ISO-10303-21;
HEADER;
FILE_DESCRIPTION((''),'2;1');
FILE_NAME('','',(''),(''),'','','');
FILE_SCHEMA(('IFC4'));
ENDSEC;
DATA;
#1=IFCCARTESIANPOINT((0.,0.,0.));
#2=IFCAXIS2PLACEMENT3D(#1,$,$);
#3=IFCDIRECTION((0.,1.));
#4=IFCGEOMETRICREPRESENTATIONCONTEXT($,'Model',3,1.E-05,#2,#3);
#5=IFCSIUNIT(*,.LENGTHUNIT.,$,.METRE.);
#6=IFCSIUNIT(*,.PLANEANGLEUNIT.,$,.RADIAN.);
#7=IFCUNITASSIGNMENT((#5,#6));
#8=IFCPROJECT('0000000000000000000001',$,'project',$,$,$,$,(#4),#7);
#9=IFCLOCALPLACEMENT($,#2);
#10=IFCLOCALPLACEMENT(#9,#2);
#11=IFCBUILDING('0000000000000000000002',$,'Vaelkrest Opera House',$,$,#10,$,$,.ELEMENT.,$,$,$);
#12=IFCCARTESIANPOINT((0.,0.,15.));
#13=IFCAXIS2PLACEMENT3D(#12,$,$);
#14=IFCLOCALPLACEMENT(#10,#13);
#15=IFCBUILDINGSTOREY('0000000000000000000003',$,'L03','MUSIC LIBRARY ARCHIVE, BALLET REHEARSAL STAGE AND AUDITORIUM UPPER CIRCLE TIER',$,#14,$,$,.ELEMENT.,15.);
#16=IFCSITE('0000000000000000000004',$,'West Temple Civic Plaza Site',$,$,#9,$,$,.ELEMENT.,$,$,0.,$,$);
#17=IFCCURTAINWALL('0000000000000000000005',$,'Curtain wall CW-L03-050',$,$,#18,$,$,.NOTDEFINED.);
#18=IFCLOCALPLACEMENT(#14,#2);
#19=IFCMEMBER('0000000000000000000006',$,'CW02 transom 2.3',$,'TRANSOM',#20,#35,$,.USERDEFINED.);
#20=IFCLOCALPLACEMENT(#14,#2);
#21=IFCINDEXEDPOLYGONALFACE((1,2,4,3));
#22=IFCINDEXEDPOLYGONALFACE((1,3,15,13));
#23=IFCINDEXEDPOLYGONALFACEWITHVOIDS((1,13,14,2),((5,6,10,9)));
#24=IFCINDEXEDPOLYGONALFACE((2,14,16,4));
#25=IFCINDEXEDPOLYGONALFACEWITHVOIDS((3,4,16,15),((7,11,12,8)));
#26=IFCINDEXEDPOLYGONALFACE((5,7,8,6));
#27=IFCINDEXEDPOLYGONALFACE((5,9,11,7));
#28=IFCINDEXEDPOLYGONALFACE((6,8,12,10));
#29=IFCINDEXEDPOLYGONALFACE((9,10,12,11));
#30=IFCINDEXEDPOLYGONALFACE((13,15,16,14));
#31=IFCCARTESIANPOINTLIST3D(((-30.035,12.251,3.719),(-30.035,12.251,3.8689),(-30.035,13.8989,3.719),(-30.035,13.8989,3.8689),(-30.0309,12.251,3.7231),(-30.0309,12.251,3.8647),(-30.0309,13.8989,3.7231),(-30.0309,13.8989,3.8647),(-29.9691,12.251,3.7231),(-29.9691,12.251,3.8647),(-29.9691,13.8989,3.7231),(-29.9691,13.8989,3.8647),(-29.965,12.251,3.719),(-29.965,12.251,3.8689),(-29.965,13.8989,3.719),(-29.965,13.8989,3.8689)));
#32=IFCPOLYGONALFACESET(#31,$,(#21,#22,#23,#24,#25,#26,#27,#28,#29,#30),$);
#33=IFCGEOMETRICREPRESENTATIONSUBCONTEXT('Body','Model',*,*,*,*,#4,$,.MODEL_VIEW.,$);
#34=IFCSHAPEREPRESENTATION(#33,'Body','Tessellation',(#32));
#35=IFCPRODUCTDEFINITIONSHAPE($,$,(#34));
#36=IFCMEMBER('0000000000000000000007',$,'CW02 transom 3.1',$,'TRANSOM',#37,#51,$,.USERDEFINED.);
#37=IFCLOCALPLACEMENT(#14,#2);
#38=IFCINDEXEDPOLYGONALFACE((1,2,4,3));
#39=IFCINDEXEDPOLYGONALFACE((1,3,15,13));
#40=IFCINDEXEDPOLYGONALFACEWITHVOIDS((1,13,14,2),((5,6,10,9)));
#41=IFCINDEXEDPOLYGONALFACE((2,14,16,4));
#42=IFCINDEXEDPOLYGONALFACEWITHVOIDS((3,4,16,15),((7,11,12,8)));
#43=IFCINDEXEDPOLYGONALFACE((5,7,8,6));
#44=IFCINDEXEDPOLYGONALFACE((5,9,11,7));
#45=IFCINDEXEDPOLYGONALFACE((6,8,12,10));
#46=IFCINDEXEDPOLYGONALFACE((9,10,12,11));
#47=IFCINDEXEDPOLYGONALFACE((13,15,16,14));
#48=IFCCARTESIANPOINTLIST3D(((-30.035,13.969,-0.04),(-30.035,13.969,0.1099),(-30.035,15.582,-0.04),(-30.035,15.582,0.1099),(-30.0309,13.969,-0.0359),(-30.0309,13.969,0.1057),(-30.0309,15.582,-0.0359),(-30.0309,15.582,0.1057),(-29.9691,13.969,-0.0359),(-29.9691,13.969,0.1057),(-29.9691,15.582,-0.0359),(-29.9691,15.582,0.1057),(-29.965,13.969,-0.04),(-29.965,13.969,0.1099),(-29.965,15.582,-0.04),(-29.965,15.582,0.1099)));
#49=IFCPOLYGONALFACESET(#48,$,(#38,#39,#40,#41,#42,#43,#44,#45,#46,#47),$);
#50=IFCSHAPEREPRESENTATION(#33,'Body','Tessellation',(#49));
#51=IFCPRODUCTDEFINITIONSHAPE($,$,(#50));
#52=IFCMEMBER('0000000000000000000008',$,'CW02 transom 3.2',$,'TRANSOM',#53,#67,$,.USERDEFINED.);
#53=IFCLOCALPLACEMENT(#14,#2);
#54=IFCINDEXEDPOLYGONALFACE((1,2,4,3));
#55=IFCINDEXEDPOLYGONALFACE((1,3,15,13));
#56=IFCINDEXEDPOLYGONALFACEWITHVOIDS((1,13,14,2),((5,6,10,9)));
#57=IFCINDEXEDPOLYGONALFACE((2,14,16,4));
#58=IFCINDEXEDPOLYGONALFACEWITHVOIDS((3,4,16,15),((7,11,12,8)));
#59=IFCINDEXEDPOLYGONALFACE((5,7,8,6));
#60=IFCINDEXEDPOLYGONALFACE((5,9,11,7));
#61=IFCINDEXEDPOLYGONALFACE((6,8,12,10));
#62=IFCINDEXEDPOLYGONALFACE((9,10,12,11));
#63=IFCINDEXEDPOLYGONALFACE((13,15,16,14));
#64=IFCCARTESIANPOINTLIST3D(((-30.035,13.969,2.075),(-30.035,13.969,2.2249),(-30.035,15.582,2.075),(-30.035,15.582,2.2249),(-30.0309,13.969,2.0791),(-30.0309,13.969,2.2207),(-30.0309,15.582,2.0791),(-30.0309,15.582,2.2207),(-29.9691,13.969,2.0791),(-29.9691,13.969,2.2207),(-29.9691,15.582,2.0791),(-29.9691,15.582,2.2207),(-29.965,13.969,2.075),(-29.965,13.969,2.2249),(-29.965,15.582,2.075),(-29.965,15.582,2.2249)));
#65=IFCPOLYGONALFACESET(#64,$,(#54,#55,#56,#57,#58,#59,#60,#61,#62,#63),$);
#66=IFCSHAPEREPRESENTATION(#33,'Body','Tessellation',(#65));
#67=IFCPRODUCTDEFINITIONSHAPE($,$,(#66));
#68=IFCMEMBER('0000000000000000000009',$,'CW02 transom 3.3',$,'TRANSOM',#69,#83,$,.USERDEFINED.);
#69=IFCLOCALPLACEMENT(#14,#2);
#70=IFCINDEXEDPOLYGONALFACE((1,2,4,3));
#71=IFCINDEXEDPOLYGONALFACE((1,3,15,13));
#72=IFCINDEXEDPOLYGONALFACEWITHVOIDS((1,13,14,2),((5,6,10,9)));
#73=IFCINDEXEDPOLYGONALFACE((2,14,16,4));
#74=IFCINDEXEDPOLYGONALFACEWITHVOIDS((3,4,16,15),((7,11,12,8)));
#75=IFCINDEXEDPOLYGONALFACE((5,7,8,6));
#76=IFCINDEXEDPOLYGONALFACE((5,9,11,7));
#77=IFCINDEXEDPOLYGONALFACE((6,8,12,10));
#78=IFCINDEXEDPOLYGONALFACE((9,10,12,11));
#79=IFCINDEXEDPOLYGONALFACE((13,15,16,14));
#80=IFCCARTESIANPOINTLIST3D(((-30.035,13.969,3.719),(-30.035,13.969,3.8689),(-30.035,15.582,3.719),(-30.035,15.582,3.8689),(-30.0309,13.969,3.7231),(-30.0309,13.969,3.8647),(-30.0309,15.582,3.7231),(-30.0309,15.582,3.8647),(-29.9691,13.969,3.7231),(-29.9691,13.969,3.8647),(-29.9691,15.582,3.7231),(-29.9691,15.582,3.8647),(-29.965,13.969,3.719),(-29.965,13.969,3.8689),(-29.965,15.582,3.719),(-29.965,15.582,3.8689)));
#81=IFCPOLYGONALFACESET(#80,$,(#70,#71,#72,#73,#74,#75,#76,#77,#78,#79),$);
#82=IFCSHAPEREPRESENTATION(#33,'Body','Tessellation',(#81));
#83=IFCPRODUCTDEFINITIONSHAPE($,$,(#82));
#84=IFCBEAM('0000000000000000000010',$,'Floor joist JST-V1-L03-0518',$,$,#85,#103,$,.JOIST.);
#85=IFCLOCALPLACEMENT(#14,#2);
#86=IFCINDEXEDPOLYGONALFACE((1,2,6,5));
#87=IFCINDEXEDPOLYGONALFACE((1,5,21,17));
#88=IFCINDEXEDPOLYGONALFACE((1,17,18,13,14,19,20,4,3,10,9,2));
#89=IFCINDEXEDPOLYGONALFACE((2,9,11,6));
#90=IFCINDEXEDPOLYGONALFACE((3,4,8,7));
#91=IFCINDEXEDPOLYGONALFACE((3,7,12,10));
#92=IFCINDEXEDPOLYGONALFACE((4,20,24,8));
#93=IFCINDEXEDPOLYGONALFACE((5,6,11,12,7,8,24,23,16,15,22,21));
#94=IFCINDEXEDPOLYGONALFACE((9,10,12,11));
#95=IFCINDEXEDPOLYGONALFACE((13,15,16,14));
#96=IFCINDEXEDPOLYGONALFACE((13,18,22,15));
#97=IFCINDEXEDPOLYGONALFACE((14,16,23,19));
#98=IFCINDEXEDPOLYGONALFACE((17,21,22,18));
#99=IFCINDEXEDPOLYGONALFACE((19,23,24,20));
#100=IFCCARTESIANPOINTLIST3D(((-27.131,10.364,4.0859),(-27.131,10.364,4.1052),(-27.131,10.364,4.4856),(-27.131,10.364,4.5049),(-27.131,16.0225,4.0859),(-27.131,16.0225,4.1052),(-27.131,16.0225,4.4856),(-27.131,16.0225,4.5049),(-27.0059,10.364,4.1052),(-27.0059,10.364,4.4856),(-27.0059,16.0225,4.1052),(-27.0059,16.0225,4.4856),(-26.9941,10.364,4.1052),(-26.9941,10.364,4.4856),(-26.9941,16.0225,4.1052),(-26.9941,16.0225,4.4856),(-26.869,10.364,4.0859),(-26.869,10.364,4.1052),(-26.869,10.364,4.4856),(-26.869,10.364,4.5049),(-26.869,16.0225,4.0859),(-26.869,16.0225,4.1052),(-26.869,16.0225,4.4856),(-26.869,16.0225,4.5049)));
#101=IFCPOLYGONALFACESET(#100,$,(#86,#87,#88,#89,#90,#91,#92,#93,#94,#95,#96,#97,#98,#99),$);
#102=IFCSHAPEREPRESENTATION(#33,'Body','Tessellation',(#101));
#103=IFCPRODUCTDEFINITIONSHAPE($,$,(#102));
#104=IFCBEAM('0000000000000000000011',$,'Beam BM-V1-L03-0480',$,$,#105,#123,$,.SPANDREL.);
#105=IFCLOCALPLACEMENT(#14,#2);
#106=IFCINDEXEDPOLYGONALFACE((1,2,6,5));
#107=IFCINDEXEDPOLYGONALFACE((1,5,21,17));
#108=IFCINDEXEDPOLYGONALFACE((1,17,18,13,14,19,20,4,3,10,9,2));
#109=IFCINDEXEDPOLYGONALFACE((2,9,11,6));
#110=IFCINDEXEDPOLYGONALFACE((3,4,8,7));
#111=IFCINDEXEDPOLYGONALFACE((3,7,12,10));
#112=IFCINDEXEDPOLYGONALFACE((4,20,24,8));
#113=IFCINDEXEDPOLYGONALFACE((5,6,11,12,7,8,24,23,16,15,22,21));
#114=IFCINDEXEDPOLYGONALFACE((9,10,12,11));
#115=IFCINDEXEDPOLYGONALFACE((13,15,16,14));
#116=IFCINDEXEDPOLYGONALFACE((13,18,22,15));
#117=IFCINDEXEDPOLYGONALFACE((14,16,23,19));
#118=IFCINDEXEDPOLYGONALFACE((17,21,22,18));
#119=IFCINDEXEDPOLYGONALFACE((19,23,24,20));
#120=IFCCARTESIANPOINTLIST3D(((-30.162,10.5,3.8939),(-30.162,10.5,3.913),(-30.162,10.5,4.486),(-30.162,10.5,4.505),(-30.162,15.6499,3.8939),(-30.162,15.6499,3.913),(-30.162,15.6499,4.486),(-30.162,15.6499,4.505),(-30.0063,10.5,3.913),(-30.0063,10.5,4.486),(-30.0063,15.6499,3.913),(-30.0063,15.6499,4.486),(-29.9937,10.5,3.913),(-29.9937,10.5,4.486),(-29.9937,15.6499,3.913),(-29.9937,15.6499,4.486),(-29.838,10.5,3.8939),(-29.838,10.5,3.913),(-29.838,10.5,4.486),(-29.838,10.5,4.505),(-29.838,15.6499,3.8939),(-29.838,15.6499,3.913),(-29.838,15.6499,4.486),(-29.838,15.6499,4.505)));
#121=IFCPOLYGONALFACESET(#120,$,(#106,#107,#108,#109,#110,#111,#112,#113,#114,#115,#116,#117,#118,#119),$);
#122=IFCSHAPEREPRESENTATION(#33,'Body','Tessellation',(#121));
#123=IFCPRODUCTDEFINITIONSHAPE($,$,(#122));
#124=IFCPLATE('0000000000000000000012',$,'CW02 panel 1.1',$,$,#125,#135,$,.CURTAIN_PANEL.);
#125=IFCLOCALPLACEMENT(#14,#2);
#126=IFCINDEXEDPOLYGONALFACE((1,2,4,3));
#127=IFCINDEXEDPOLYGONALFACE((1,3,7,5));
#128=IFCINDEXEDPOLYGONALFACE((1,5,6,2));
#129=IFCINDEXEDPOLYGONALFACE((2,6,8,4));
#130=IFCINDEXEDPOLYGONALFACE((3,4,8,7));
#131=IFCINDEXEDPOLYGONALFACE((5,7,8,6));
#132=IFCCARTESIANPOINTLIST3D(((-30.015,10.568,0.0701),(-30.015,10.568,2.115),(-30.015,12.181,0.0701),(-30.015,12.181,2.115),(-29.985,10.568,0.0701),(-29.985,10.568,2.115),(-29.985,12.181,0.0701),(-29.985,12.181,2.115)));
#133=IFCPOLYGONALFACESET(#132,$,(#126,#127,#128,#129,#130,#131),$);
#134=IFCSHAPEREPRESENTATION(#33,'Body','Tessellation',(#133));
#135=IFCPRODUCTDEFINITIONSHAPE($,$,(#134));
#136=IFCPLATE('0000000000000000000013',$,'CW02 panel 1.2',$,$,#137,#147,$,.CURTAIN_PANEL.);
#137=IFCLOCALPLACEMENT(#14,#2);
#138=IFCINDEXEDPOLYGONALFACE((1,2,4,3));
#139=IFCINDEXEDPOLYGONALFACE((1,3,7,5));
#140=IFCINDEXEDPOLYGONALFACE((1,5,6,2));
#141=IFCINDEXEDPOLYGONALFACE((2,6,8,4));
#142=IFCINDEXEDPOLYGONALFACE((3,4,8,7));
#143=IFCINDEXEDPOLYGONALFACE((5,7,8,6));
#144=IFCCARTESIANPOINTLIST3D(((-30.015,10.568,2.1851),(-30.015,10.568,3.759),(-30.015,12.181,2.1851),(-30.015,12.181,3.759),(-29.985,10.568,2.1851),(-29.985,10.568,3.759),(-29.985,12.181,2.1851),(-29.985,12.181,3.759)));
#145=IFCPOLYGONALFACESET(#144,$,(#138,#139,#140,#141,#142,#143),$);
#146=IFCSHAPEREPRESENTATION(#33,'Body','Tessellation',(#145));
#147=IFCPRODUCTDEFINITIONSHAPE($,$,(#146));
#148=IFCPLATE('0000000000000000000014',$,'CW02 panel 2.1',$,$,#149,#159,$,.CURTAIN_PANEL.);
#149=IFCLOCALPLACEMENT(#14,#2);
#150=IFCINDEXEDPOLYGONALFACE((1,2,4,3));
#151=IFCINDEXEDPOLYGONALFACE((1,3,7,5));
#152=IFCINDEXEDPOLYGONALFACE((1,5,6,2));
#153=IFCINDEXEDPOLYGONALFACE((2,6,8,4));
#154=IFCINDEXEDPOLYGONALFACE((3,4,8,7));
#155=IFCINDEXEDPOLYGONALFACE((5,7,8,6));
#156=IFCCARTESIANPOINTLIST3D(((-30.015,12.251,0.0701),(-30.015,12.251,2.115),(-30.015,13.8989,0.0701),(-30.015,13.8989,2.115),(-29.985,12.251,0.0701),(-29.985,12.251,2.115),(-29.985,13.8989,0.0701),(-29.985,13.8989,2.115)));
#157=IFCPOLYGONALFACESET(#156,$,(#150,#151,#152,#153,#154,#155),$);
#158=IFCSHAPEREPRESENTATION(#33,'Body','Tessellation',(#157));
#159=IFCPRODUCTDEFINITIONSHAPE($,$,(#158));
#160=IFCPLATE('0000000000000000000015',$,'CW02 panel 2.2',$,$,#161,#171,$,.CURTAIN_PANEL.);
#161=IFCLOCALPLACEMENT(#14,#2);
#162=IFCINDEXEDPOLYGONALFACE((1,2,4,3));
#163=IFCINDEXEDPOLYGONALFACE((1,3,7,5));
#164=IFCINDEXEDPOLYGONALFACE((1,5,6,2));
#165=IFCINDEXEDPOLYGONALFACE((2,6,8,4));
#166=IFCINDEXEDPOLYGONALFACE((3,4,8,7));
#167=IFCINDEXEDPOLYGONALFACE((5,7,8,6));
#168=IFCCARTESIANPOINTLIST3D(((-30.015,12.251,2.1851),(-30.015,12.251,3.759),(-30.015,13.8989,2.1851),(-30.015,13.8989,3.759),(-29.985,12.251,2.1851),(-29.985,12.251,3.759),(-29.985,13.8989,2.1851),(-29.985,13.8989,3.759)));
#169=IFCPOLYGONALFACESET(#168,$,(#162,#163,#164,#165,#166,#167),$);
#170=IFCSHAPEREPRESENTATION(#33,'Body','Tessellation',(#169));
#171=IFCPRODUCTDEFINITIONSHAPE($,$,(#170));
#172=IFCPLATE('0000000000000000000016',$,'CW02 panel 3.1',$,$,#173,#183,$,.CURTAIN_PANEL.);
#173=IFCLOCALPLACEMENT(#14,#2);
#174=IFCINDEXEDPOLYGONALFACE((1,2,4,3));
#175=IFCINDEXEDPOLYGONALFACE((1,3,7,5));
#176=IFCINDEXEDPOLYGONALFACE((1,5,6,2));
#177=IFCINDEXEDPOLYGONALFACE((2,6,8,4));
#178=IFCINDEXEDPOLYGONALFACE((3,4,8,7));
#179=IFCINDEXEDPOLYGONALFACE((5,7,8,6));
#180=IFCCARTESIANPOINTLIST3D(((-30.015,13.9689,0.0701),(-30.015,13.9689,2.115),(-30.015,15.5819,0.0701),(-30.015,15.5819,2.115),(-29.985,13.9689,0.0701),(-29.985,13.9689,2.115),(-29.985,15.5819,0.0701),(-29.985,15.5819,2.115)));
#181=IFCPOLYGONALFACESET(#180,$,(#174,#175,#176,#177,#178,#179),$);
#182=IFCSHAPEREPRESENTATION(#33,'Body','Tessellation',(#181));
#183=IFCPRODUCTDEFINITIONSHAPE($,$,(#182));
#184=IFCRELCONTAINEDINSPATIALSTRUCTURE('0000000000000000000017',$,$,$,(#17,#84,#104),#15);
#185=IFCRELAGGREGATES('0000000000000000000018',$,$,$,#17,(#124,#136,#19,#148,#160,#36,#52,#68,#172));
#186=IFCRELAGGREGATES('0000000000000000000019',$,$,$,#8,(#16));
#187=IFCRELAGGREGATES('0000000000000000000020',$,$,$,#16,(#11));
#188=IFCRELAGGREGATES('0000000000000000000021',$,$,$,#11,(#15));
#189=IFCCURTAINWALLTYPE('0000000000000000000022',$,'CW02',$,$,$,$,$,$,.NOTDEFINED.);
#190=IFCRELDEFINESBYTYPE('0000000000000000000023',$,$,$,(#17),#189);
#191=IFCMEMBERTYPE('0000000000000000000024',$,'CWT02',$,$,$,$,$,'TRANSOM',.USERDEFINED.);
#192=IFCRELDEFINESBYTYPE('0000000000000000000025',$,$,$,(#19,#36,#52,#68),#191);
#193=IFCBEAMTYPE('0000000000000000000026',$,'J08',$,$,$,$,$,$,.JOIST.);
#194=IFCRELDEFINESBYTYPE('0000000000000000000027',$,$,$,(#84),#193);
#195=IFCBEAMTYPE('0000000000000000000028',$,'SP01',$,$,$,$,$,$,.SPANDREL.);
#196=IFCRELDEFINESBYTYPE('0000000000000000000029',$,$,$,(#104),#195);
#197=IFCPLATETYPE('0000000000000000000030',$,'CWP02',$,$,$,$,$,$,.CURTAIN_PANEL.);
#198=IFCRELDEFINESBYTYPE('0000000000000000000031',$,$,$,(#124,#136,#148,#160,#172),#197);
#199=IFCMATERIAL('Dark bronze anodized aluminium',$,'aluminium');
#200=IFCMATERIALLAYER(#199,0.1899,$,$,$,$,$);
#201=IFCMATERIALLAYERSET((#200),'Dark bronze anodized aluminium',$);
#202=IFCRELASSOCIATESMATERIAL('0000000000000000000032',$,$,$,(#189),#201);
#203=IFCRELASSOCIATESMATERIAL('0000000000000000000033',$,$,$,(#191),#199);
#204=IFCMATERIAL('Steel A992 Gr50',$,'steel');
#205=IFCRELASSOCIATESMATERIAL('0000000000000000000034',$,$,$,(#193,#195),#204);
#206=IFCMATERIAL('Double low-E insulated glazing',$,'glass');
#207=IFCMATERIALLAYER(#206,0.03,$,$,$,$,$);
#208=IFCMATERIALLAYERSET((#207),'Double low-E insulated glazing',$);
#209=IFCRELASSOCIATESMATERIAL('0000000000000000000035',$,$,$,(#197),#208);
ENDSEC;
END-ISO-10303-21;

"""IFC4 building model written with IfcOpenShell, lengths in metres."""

from ifc_helpers import new_model, si_unit, direction, frame, origin, origin_2d, place, context, subcontext, project, spatial, rectangle, hollow_rectangle, i_section, extrude, material, layer, layer_set, material_profile, profile_set, type_object, element, aggregate, save


model = new_model("IFC4")

# Units and contexts
model_context = context("Model", 3, precision=1e-05, world=origin(), true_north=direction((0.0, 1.0)))
body_context = subcontext(model_context, "Body", "Model", "MODEL_VIEW")
ifc_project = project(units=[si_unit("LENGTHUNIT", "METRE"), si_unit("PLANEANGLEUNIT", "RADIAN")], contexts=[model_context])

# Site, building, storey
site_placement = place(None, origin())
site = spatial("IfcSite", under=ifc_project, at=site_placement, Name="West Temple Civic Plaza Site", CompositionType="ELEMENT", RefElevation=0.0)
building_placement = place(site_placement, origin())
building = spatial("IfcBuilding", under=site, at=building_placement, Name="Vaelkrest Opera House", CompositionType="ELEMENT")
storey_placement = place(building_placement, frame((0.0, 0.0, 15.0)))
storey = spatial("IfcBuildingStorey", under=building, at=storey_placement, Name="L03", Description="MUSIC LIBRARY ARCHIVE, BALLET REHEARSAL STAGE AND AUDITORIUM UPPER CIRCLE TIER", CompositionType="ELEMENT", Elevation=15.0)

# Shared definitions
ifc_material_1 = material(Name="Steel A992 Gr50", Category="steel")

# Curtain wall, members
ifc_material_2 = material(Name="Dark bronze anodized aluminium", Category="aluminium")
ifc_layer_1 = layer(ifc_material_2, 0.1899)
ifc_layer_set_1 = layer_set([ifc_layer_1], Name="Dark bronze anodized aluminium")
curtain_wall_type = type_object("IfcCurtainWallType", Name="CW02", PredefinedType="NOTDEFINED", material=ifc_layer_set_1)
curtain_wall_placement = place(storey_placement, origin())
curtain_wall = element("IfcCurtainWall", 1, at=curtain_wall_placement, inside=storey, type_object=curtain_wall_type, Name="Curtain wall CW-L03-050", PredefinedType="NOTDEFINED")
ifc_material_profile_1 = material_profile(ifc_material_2, hollow_rectangle(XDim=0.0701, YDim=0.1499, WallThickness=0.0042, at=origin_2d()), Name="CWT70X150")
ifc_profile_set_1 = profile_set([ifc_material_profile_1], Name="Dark bronze anodized aluminium")
member_type_1 = type_object("IfcMemberType", Name="CWT02", ElementType="TRANSOM", PredefinedType="USERDEFINED", material=ifc_profile_set_1)
member_1_placement = place(storey_placement, frame((-30.0, 12.251, 3.7939), z_axis=(0.0, 1.0, 0.0), x_axis=(-1.0, 0.0, 0.0)))
member_1 = element("IfcMember", 2, at=member_1_placement, type_object=member_type_1, Name="CW02 transom 2.3", ObjectType="TRANSOM", PredefinedType="USERDEFINED", context=body_context, shape_type="SweptSolid", body=[
    extrude(hollow_rectangle(XDim=0.0701, YDim=0.1499, WallThickness=0.0042, at=origin_2d()), origin(), (0.0, 0.0, 1.0), 1.6479),
])
member_2_placement = place(storey_placement, frame((-30.0, 13.969, 0.0349), z_axis=(0.0, 1.0, 0.0), x_axis=(-1.0, 0.0, 0.0)))
member_2 = element("IfcMember", 3, at=member_2_placement, type_object=member_type_1, Name="CW02 transom 3.1", ObjectType="TRANSOM", PredefinedType="USERDEFINED", context=body_context, shape_type="SweptSolid", body=[
    extrude(hollow_rectangle(XDim=0.0701, YDim=0.1499, WallThickness=0.0042, at=origin_2d()), origin(), (0.0, 0.0, 1.0), 1.613),
])
member_3_placement = place(storey_placement, frame((-30.0, 13.969, 2.1499), z_axis=(0.0, 1.0, 0.0), x_axis=(-1.0, 0.0, 0.0)))
member_3 = element("IfcMember", 4, at=member_3_placement, type_object=member_type_1, Name="CW02 transom 3.2", ObjectType="TRANSOM", PredefinedType="USERDEFINED", context=body_context, shape_type="SweptSolid", body=[
    extrude(hollow_rectangle(XDim=0.0701, YDim=0.1499, WallThickness=0.0042, at=origin_2d()), origin(), (0.0, 0.0, 1.0), 1.613),
])
member_4_placement = place(storey_placement, frame((-30.0, 13.969, 3.7939), z_axis=(0.0, 1.0, 0.0), x_axis=(-1.0, 0.0, 0.0)))
member_4 = element("IfcMember", 5, at=member_4_placement, type_object=member_type_1, Name="CW02 transom 3.3", ObjectType="TRANSOM", PredefinedType="USERDEFINED", context=body_context, shape_type="SweptSolid", body=[
    extrude(hollow_rectangle(XDim=0.0701, YDim=0.1499, WallThickness=0.0042, at=origin_2d()), origin(), (0.0, 0.0, 1.0), 1.613),
])

# Beams
ifc_material_profile_2 = material_profile(ifc_material_1, i_section(OverallWidth=0.262, OverallDepth=0.4189, WebThickness=0.0117, FlangeThickness=0.0193, at=origin_2d()), Name="W16X77")
ifc_profile_set_2 = profile_set([ifc_material_profile_2], Name="Steel A992 Gr50")
beam_type_1 = type_object("IfcBeamType", Name="J08", PredefinedType="JOIST", material=ifc_profile_set_2)
beam_1_placement = place(storey_placement, frame((-27.0, 10.364, 4.2954), z_axis=(0.0, 1.0, 0.0), x_axis=(-1.0, 0.0, 0.0)))
element("IfcBeam", 6, at=beam_1_placement, inside=storey, type_object=beam_type_1, Name="Floor joist JST-V1-L03-0518", PredefinedType="JOIST", context=body_context, shape_type="SweptSolid", body=[
    extrude(i_section(OverallWidth=0.262, OverallDepth=0.4189, WebThickness=0.0117, FlangeThickness=0.0193, at=origin_2d()), origin(), (0.0, 0.0, 1.0), 5.6584),
])
ifc_material_profile_3 = material_profile(ifc_material_1, i_section(OverallWidth=0.324, OverallDepth=0.6111, WebThickness=0.0127, FlangeThickness=0.019, at=origin_2d()), Name="W24X104")
ifc_profile_set_3 = profile_set([ifc_material_profile_3], Name="Steel A992 Gr50")
beam_type_2 = type_object("IfcBeamType", Name="SP01", PredefinedType="SPANDREL", material=ifc_profile_set_3)
beam_2_placement = place(storey_placement, frame((-30.0, 10.5, 4.1995), z_axis=(0.0, 1.0, 0.0), x_axis=(-1.0, 0.0, 0.0)))
element("IfcBeam", 7, at=beam_2_placement, inside=storey, type_object=beam_type_2, Name="Beam BM-V1-L03-0480", PredefinedType="SPANDREL", context=body_context, shape_type="SweptSolid", body=[
    extrude(i_section(OverallWidth=0.324, OverallDepth=0.6111, WebThickness=0.0127, FlangeThickness=0.019, at=origin_2d()), origin(), (0.0, 0.0, 1.0), 5.1499),
])

# Plates
ifc_material_3 = material(Name="Double low-E insulated glazing", Category="glass")
ifc_layer_2 = layer(ifc_material_3, 0.03)
ifc_layer_set_2 = layer_set([ifc_layer_2], Name="Double low-E insulated glazing")
plate_type = type_object("IfcPlateType", Name="CWP02", PredefinedType="CURTAIN_PANEL", material=ifc_layer_set_2)
plate_1_placement = place(storey_placement, frame((-30.0, 11.3745, 0.0701), z_axis=(0.0, 0.0, 1.0), x_axis=(0.0, 1.0, 0.0)))
plate_1 = element("IfcPlate", 8, at=plate_1_placement, type_object=plate_type, Name="CW02 panel 1.1", PredefinedType="CURTAIN_PANEL", context=body_context, shape_type="SweptSolid", body=[
    extrude(rectangle(XDim=1.613, YDim=0.03, at=origin_2d()), origin(), (0.0, 0.0, 1.0), 2.0449),
])
plate_2_placement = place(storey_placement, frame((-30.0, 11.3745, 2.1851), z_axis=(0.0, 0.0, 1.0), x_axis=(0.0, 1.0, 0.0)))
plate_2 = element("IfcPlate", 9, at=plate_2_placement, type_object=plate_type, Name="CW02 panel 1.2", PredefinedType="CURTAIN_PANEL", context=body_context, shape_type="SweptSolid", body=[
    extrude(rectangle(XDim=1.613, YDim=0.03, at=origin_2d()), origin(), (0.0, 0.0, 1.0), 1.574),
])
plate_3_placement = place(storey_placement, frame((-30.0, 13.075, 0.0701), z_axis=(0.0, 0.0, 1.0), x_axis=(0.0, 1.0, 0.0)))
plate_3 = element("IfcPlate", 10, at=plate_3_placement, type_object=plate_type, Name="CW02 panel 2.1", PredefinedType="CURTAIN_PANEL", context=body_context, shape_type="SweptSolid", body=[
    extrude(rectangle(XDim=1.6479, YDim=0.03, at=origin_2d()), origin(), (0.0, 0.0, 1.0), 2.0449),
])
plate_4_placement = place(storey_placement, frame((-30.0, 13.075, 2.1851), z_axis=(0.0, 0.0, 1.0), x_axis=(0.0, 1.0, 0.0)))
plate_4 = element("IfcPlate", 11, at=plate_4_placement, type_object=plate_type, Name="CW02 panel 2.2", PredefinedType="CURTAIN_PANEL", context=body_context, shape_type="SweptSolid", body=[
    extrude(rectangle(XDim=1.6479, YDim=0.03, at=origin_2d()), origin(), (0.0, 0.0, 1.0), 1.574),
])
plate_5_placement = place(storey_placement, frame((-30.0, 14.7754, 0.0701), z_axis=(0.0, 0.0, 1.0), x_axis=(0.0, 1.0, 0.0)))
plate_5 = element("IfcPlate", 12, at=plate_5_placement, type_object=plate_type, Name="CW02 panel 3.1", PredefinedType="CURTAIN_PANEL", context=body_context, shape_type="SweptSolid", body=[
    extrude(rectangle(XDim=1.613, YDim=0.03, at=origin_2d()), origin(), (0.0, 0.0, 1.0), 2.0449),
])
aggregate(curtain_wall, [plate_1, plate_2, member_1, plate_3, plate_4, member_2, member_3, member_4, plate_5])

save(model, "model.ifc")
